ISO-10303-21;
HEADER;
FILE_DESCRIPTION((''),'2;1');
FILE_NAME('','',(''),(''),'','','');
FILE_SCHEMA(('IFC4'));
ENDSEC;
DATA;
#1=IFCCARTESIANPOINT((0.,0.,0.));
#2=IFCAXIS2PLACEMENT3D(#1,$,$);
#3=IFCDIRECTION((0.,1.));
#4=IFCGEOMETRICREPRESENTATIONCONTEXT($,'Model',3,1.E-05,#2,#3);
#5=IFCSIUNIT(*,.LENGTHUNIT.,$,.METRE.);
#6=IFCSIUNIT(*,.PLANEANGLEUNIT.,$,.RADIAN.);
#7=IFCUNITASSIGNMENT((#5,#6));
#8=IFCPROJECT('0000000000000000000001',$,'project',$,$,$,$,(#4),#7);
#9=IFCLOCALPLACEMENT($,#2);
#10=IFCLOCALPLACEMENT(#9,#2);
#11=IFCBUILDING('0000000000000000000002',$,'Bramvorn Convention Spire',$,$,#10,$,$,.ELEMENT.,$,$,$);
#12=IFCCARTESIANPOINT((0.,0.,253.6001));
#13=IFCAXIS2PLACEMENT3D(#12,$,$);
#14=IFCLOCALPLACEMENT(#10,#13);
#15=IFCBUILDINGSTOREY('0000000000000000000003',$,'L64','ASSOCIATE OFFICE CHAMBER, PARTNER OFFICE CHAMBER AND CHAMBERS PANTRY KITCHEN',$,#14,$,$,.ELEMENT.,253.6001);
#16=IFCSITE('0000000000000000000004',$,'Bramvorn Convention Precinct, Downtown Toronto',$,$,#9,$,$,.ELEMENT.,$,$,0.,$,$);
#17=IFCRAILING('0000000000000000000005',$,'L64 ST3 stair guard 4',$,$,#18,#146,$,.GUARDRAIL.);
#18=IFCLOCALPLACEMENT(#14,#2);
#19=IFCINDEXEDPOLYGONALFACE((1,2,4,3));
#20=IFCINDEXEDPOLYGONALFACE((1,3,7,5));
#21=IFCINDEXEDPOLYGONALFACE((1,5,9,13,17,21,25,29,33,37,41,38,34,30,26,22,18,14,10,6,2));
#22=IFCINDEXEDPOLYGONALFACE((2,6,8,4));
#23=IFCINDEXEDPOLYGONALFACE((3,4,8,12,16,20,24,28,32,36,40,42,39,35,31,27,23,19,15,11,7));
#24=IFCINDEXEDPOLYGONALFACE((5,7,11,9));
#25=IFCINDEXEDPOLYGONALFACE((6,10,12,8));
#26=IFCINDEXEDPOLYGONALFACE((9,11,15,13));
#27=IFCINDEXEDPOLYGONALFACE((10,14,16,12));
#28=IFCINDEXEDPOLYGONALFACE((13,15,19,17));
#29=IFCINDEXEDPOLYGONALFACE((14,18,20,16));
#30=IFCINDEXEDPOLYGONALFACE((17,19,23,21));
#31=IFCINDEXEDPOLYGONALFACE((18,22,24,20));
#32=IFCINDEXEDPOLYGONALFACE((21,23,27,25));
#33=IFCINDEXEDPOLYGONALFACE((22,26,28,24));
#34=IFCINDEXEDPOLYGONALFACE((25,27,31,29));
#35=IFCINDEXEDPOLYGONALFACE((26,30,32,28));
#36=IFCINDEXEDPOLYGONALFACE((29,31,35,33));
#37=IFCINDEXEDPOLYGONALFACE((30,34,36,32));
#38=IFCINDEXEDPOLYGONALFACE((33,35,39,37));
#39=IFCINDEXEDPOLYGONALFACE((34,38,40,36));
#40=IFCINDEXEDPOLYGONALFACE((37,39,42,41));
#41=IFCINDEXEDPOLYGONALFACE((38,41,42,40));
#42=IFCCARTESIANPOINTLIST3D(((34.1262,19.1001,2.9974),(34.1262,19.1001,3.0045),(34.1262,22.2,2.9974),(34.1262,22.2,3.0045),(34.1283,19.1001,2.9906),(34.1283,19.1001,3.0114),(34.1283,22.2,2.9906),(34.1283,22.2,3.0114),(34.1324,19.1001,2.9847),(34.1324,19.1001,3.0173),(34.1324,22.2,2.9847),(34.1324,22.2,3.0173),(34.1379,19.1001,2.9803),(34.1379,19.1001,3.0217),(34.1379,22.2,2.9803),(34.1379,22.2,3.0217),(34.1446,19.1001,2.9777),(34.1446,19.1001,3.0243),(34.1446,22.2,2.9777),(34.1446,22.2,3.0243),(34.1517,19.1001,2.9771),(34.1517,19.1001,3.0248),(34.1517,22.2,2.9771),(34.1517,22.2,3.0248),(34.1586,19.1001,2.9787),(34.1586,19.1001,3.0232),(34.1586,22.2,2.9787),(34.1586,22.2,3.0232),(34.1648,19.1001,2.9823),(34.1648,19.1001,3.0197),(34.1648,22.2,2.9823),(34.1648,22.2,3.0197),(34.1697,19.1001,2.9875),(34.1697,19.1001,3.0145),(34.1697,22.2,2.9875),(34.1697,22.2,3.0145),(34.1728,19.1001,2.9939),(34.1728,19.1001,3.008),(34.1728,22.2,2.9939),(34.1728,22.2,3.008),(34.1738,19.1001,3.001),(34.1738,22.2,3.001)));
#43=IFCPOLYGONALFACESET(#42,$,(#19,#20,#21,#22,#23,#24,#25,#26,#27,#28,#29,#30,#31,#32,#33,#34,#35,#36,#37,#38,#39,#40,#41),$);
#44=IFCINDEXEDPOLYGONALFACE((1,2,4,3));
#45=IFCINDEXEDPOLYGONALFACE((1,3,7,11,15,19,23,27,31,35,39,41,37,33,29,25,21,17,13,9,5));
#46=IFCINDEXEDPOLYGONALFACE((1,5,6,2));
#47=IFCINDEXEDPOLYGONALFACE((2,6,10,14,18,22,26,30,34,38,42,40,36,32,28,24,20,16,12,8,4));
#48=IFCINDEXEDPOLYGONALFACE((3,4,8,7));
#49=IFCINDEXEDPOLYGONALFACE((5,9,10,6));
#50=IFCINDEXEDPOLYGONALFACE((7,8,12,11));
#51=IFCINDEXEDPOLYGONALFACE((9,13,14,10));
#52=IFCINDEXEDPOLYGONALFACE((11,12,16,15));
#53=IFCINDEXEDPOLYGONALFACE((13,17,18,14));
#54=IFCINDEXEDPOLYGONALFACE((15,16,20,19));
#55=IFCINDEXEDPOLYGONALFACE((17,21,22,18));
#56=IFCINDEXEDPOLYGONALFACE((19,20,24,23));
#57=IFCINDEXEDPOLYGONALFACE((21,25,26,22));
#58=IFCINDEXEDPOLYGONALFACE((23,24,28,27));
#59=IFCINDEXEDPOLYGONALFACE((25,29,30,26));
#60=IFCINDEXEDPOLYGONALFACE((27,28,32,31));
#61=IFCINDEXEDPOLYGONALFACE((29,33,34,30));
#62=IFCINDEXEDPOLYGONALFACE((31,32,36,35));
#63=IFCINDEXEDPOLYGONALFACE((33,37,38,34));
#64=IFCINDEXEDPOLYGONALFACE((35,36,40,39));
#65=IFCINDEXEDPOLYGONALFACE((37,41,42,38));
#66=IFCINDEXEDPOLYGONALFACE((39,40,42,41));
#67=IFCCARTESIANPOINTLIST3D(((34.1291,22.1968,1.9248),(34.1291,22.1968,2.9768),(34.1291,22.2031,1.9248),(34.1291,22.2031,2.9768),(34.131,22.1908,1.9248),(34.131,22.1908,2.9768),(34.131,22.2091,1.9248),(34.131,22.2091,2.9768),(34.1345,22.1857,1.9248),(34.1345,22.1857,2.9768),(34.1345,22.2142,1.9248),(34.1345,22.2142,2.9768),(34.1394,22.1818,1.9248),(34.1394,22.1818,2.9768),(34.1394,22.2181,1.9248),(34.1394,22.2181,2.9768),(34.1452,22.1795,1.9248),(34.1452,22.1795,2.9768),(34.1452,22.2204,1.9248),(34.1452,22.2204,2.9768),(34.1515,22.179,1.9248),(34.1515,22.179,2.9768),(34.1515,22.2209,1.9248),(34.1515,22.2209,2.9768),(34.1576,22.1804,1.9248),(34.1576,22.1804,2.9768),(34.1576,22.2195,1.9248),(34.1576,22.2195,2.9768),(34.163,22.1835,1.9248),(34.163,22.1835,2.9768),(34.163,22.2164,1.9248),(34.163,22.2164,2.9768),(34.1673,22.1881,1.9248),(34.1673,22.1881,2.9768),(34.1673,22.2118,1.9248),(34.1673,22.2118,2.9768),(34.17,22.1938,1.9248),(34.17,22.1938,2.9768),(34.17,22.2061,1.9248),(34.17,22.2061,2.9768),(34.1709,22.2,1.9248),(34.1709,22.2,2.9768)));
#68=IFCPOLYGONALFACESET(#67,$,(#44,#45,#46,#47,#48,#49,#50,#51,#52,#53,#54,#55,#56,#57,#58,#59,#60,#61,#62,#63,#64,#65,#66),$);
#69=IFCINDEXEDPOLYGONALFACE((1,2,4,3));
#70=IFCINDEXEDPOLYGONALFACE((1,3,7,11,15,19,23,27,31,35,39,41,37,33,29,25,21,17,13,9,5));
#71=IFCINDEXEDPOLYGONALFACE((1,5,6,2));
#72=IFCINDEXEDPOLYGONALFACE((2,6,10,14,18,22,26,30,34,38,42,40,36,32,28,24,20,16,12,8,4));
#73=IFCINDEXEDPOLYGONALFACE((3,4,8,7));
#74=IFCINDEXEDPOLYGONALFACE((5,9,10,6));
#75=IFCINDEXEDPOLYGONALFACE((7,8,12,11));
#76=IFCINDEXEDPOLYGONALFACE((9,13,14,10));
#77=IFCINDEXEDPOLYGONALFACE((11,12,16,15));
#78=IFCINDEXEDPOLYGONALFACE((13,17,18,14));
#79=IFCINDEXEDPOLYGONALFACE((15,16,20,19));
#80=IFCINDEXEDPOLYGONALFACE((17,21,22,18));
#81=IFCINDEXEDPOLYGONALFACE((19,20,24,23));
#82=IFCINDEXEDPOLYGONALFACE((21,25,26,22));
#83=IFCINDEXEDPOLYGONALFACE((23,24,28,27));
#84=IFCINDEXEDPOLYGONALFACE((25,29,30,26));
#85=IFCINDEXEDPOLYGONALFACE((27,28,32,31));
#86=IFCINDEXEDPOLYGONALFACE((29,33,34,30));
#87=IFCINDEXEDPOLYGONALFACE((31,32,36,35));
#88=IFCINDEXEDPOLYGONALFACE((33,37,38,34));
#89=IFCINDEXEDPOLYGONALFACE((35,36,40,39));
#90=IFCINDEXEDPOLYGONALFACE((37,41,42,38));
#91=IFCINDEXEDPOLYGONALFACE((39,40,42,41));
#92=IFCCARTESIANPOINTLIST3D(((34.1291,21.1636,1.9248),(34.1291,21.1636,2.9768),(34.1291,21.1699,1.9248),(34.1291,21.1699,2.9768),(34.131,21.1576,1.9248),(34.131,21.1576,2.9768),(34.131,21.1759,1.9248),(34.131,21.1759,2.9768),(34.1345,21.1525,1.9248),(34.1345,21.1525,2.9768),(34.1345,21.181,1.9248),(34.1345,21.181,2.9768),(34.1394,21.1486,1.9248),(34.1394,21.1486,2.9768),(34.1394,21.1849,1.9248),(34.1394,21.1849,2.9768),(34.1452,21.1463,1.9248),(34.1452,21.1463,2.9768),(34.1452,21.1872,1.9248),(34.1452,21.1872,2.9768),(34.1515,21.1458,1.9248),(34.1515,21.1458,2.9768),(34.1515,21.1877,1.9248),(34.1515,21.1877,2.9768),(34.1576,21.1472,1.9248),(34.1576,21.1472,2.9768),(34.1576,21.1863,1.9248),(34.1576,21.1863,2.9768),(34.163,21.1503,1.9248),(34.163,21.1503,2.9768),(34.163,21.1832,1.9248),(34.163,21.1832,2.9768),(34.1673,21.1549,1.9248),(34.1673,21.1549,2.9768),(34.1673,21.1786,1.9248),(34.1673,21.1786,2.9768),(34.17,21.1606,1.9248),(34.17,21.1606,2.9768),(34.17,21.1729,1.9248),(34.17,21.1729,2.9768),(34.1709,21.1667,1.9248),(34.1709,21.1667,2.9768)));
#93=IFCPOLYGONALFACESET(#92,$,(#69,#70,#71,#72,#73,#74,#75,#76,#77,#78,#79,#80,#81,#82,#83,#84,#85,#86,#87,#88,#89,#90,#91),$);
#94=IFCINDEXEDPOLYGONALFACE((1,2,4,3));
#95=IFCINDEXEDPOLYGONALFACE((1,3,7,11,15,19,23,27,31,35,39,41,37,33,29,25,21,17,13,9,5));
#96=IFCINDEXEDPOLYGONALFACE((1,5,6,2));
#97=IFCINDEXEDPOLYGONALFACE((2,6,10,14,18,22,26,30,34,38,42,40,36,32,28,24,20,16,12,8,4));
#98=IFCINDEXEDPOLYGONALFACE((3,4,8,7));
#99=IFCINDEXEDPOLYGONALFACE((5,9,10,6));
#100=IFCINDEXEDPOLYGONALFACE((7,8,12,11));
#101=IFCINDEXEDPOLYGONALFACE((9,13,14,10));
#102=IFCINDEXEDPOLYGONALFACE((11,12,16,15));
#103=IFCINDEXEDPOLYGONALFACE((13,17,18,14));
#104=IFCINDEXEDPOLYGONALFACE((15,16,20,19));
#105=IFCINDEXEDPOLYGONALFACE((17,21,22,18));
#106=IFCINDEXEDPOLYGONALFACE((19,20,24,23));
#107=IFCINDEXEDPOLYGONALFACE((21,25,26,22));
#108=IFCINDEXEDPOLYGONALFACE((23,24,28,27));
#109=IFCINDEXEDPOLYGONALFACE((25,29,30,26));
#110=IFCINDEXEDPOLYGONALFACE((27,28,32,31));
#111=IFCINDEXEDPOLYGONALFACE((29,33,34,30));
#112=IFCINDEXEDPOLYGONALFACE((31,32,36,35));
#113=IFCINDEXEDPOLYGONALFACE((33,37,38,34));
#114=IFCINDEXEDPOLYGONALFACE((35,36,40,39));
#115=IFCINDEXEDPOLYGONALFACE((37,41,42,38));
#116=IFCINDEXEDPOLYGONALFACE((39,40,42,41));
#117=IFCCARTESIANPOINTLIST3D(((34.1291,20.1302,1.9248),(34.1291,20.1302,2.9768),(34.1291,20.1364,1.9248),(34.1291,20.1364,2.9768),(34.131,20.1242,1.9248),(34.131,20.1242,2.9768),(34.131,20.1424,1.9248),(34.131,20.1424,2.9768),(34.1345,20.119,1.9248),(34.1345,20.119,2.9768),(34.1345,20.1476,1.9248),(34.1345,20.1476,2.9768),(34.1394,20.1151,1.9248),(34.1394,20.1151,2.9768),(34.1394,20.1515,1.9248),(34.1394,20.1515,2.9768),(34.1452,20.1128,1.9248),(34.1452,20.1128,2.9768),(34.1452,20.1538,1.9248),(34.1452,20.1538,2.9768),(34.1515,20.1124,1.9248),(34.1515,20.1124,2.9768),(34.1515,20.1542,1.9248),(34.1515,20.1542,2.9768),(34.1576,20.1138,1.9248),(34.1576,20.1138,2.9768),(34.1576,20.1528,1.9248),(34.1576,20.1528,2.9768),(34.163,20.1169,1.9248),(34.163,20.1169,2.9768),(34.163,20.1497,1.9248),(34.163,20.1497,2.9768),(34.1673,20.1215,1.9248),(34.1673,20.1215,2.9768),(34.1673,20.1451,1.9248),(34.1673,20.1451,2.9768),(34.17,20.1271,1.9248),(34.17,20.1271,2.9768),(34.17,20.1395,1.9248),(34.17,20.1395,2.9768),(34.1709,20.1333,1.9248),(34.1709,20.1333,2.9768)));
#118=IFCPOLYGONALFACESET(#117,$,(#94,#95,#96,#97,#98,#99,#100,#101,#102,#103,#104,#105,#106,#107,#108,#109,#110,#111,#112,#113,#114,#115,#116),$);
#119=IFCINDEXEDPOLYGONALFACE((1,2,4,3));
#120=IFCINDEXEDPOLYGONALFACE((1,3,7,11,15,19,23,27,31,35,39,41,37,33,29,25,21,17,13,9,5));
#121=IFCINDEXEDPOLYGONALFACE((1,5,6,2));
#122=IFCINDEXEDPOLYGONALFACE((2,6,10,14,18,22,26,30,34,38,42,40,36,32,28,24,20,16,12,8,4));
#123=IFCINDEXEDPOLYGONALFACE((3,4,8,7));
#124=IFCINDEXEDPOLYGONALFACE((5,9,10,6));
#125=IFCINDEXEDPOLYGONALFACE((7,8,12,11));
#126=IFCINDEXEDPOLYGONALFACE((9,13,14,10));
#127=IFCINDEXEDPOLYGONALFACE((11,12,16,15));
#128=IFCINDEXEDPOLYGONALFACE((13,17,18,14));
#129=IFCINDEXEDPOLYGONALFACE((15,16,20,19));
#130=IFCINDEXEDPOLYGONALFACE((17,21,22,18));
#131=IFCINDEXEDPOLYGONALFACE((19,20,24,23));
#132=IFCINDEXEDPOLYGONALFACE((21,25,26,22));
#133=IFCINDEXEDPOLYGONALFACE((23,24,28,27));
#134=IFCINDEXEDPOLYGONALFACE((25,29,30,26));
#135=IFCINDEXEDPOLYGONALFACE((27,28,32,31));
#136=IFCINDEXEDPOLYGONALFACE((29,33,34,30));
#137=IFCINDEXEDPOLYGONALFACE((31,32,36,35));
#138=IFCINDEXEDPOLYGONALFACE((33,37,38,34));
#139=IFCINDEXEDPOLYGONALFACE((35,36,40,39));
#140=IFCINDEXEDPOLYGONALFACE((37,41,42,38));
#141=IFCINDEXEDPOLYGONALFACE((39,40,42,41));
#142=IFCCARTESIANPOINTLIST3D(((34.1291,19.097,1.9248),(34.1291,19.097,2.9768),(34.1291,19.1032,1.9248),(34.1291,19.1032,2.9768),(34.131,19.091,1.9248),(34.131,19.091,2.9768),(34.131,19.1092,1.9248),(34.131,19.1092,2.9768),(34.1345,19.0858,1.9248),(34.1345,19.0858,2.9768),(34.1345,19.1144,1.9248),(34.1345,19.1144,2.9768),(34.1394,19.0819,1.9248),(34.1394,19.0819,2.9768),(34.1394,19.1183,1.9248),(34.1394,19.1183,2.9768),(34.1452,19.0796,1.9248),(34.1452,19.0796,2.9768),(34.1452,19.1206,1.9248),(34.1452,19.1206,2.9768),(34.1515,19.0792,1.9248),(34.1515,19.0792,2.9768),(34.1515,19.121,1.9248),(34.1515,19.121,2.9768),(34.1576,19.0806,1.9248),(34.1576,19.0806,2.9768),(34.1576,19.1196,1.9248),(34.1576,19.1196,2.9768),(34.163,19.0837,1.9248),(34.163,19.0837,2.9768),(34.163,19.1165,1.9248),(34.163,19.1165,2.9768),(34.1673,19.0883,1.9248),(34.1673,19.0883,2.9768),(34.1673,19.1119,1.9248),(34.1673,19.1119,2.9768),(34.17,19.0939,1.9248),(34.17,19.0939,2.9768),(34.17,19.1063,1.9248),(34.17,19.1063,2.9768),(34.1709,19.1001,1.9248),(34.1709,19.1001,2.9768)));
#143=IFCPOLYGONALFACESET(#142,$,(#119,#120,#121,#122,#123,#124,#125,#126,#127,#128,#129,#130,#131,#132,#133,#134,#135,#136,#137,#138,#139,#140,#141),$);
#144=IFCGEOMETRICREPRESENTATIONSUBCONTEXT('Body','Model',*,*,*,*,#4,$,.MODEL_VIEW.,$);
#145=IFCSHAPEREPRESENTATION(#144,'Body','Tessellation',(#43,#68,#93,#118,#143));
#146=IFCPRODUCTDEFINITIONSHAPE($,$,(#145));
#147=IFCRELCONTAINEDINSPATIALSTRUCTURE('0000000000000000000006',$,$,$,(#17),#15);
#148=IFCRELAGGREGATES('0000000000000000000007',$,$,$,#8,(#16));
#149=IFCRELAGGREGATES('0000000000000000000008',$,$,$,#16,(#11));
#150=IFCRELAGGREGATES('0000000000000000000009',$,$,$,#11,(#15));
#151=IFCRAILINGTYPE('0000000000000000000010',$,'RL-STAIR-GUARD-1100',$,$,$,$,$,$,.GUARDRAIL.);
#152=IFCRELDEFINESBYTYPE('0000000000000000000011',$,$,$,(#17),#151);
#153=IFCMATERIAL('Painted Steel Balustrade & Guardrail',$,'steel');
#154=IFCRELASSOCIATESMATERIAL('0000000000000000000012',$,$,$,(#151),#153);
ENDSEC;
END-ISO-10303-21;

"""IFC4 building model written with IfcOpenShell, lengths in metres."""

from ifc_helpers import new_model, si_unit, direction, frame, origin, origin_2d, place, context, subcontext, project, spatial, circle, extrude, material, type_object, element, save


model = new_model("IFC4")

# Units and contexts
model_context = context("Model", 3, precision=1e-05, world=origin(), true_north=direction((0.0, 1.0)))
body_context = subcontext(model_context, "Body", "Model", "MODEL_VIEW")
ifc_project = project(units=[si_unit("LENGTHUNIT", "METRE"), si_unit("PLANEANGLEUNIT", "RADIAN")], contexts=[model_context])

# Site, building, storey
site_placement = place(None, origin())
site = spatial("IfcSite", under=ifc_project, at=site_placement, Name="Bramvorn Convention Precinct, Downtown Toronto", CompositionType="ELEMENT", RefElevation=0.0)
building_placement = place(site_placement, origin())
building = spatial("IfcBuilding", under=site, at=building_placement, Name="Bramvorn Convention Spire", CompositionType="ELEMENT")
storey_placement = place(building_placement, frame((0.0, 0.0, 253.6001)))
storey = spatial("IfcBuildingStorey", under=building, at=storey_placement, Name="L64", Description="ASSOCIATE OFFICE CHAMBER, PARTNER OFFICE CHAMBER AND CHAMBERS PANTRY KITCHEN", CompositionType="ELEMENT", Elevation=253.6001)

# Railing
ifc_material_1 = material(Name="Painted Steel Balustrade & Guardrail", Category="steel")
railing_type_1 = type_object("IfcRailingType", Name="RL-STAIR-GUARD-1100", PredefinedType="GUARDRAIL", material=ifc_material_1)
for number, where, name in (
    (1, (34.1499, 22.2, 1.9248), "L64 ST3 stair guard 4"),
):
    element("IfcRailing", number, at=place(storey_placement, frame(where)), inside=storey, type_object=railing_type_1, Name=name, PredefinedType="GUARDRAIL", context=body_context, shape_type="SweptSolid", body=[
        extrude(circle(Radius=0.0239, at=origin_2d()), frame((0.0, 0.0, 1.0762), z_axis=(0.0, -1.0, 0.0), x_axis=(1.0, 0.0, 0.0)), (0.0, 0.0, 1.0), 3.0999),
        extrude(circle(Radius=0.021, at=origin_2d()), origin(), (0.0, 0.0, 1.0), 1.052),
        extrude(circle(Radius=0.021, at=origin_2d()), frame((0.0, -1.0332, 0.0)), (0.0, 0.0, 1.0), 1.052),
        extrude(circle(Radius=0.021, at=origin_2d()), frame((0.0, -2.0667, 0.0)), (0.0, 0.0, 1.0), 1.052),
        extrude(circle(Radius=0.021, at=origin_2d()), frame((0.0, -3.0999, 0.0)), (0.0, 0.0, 1.0), 1.052),
    ])

save(model, "model.ifc")
